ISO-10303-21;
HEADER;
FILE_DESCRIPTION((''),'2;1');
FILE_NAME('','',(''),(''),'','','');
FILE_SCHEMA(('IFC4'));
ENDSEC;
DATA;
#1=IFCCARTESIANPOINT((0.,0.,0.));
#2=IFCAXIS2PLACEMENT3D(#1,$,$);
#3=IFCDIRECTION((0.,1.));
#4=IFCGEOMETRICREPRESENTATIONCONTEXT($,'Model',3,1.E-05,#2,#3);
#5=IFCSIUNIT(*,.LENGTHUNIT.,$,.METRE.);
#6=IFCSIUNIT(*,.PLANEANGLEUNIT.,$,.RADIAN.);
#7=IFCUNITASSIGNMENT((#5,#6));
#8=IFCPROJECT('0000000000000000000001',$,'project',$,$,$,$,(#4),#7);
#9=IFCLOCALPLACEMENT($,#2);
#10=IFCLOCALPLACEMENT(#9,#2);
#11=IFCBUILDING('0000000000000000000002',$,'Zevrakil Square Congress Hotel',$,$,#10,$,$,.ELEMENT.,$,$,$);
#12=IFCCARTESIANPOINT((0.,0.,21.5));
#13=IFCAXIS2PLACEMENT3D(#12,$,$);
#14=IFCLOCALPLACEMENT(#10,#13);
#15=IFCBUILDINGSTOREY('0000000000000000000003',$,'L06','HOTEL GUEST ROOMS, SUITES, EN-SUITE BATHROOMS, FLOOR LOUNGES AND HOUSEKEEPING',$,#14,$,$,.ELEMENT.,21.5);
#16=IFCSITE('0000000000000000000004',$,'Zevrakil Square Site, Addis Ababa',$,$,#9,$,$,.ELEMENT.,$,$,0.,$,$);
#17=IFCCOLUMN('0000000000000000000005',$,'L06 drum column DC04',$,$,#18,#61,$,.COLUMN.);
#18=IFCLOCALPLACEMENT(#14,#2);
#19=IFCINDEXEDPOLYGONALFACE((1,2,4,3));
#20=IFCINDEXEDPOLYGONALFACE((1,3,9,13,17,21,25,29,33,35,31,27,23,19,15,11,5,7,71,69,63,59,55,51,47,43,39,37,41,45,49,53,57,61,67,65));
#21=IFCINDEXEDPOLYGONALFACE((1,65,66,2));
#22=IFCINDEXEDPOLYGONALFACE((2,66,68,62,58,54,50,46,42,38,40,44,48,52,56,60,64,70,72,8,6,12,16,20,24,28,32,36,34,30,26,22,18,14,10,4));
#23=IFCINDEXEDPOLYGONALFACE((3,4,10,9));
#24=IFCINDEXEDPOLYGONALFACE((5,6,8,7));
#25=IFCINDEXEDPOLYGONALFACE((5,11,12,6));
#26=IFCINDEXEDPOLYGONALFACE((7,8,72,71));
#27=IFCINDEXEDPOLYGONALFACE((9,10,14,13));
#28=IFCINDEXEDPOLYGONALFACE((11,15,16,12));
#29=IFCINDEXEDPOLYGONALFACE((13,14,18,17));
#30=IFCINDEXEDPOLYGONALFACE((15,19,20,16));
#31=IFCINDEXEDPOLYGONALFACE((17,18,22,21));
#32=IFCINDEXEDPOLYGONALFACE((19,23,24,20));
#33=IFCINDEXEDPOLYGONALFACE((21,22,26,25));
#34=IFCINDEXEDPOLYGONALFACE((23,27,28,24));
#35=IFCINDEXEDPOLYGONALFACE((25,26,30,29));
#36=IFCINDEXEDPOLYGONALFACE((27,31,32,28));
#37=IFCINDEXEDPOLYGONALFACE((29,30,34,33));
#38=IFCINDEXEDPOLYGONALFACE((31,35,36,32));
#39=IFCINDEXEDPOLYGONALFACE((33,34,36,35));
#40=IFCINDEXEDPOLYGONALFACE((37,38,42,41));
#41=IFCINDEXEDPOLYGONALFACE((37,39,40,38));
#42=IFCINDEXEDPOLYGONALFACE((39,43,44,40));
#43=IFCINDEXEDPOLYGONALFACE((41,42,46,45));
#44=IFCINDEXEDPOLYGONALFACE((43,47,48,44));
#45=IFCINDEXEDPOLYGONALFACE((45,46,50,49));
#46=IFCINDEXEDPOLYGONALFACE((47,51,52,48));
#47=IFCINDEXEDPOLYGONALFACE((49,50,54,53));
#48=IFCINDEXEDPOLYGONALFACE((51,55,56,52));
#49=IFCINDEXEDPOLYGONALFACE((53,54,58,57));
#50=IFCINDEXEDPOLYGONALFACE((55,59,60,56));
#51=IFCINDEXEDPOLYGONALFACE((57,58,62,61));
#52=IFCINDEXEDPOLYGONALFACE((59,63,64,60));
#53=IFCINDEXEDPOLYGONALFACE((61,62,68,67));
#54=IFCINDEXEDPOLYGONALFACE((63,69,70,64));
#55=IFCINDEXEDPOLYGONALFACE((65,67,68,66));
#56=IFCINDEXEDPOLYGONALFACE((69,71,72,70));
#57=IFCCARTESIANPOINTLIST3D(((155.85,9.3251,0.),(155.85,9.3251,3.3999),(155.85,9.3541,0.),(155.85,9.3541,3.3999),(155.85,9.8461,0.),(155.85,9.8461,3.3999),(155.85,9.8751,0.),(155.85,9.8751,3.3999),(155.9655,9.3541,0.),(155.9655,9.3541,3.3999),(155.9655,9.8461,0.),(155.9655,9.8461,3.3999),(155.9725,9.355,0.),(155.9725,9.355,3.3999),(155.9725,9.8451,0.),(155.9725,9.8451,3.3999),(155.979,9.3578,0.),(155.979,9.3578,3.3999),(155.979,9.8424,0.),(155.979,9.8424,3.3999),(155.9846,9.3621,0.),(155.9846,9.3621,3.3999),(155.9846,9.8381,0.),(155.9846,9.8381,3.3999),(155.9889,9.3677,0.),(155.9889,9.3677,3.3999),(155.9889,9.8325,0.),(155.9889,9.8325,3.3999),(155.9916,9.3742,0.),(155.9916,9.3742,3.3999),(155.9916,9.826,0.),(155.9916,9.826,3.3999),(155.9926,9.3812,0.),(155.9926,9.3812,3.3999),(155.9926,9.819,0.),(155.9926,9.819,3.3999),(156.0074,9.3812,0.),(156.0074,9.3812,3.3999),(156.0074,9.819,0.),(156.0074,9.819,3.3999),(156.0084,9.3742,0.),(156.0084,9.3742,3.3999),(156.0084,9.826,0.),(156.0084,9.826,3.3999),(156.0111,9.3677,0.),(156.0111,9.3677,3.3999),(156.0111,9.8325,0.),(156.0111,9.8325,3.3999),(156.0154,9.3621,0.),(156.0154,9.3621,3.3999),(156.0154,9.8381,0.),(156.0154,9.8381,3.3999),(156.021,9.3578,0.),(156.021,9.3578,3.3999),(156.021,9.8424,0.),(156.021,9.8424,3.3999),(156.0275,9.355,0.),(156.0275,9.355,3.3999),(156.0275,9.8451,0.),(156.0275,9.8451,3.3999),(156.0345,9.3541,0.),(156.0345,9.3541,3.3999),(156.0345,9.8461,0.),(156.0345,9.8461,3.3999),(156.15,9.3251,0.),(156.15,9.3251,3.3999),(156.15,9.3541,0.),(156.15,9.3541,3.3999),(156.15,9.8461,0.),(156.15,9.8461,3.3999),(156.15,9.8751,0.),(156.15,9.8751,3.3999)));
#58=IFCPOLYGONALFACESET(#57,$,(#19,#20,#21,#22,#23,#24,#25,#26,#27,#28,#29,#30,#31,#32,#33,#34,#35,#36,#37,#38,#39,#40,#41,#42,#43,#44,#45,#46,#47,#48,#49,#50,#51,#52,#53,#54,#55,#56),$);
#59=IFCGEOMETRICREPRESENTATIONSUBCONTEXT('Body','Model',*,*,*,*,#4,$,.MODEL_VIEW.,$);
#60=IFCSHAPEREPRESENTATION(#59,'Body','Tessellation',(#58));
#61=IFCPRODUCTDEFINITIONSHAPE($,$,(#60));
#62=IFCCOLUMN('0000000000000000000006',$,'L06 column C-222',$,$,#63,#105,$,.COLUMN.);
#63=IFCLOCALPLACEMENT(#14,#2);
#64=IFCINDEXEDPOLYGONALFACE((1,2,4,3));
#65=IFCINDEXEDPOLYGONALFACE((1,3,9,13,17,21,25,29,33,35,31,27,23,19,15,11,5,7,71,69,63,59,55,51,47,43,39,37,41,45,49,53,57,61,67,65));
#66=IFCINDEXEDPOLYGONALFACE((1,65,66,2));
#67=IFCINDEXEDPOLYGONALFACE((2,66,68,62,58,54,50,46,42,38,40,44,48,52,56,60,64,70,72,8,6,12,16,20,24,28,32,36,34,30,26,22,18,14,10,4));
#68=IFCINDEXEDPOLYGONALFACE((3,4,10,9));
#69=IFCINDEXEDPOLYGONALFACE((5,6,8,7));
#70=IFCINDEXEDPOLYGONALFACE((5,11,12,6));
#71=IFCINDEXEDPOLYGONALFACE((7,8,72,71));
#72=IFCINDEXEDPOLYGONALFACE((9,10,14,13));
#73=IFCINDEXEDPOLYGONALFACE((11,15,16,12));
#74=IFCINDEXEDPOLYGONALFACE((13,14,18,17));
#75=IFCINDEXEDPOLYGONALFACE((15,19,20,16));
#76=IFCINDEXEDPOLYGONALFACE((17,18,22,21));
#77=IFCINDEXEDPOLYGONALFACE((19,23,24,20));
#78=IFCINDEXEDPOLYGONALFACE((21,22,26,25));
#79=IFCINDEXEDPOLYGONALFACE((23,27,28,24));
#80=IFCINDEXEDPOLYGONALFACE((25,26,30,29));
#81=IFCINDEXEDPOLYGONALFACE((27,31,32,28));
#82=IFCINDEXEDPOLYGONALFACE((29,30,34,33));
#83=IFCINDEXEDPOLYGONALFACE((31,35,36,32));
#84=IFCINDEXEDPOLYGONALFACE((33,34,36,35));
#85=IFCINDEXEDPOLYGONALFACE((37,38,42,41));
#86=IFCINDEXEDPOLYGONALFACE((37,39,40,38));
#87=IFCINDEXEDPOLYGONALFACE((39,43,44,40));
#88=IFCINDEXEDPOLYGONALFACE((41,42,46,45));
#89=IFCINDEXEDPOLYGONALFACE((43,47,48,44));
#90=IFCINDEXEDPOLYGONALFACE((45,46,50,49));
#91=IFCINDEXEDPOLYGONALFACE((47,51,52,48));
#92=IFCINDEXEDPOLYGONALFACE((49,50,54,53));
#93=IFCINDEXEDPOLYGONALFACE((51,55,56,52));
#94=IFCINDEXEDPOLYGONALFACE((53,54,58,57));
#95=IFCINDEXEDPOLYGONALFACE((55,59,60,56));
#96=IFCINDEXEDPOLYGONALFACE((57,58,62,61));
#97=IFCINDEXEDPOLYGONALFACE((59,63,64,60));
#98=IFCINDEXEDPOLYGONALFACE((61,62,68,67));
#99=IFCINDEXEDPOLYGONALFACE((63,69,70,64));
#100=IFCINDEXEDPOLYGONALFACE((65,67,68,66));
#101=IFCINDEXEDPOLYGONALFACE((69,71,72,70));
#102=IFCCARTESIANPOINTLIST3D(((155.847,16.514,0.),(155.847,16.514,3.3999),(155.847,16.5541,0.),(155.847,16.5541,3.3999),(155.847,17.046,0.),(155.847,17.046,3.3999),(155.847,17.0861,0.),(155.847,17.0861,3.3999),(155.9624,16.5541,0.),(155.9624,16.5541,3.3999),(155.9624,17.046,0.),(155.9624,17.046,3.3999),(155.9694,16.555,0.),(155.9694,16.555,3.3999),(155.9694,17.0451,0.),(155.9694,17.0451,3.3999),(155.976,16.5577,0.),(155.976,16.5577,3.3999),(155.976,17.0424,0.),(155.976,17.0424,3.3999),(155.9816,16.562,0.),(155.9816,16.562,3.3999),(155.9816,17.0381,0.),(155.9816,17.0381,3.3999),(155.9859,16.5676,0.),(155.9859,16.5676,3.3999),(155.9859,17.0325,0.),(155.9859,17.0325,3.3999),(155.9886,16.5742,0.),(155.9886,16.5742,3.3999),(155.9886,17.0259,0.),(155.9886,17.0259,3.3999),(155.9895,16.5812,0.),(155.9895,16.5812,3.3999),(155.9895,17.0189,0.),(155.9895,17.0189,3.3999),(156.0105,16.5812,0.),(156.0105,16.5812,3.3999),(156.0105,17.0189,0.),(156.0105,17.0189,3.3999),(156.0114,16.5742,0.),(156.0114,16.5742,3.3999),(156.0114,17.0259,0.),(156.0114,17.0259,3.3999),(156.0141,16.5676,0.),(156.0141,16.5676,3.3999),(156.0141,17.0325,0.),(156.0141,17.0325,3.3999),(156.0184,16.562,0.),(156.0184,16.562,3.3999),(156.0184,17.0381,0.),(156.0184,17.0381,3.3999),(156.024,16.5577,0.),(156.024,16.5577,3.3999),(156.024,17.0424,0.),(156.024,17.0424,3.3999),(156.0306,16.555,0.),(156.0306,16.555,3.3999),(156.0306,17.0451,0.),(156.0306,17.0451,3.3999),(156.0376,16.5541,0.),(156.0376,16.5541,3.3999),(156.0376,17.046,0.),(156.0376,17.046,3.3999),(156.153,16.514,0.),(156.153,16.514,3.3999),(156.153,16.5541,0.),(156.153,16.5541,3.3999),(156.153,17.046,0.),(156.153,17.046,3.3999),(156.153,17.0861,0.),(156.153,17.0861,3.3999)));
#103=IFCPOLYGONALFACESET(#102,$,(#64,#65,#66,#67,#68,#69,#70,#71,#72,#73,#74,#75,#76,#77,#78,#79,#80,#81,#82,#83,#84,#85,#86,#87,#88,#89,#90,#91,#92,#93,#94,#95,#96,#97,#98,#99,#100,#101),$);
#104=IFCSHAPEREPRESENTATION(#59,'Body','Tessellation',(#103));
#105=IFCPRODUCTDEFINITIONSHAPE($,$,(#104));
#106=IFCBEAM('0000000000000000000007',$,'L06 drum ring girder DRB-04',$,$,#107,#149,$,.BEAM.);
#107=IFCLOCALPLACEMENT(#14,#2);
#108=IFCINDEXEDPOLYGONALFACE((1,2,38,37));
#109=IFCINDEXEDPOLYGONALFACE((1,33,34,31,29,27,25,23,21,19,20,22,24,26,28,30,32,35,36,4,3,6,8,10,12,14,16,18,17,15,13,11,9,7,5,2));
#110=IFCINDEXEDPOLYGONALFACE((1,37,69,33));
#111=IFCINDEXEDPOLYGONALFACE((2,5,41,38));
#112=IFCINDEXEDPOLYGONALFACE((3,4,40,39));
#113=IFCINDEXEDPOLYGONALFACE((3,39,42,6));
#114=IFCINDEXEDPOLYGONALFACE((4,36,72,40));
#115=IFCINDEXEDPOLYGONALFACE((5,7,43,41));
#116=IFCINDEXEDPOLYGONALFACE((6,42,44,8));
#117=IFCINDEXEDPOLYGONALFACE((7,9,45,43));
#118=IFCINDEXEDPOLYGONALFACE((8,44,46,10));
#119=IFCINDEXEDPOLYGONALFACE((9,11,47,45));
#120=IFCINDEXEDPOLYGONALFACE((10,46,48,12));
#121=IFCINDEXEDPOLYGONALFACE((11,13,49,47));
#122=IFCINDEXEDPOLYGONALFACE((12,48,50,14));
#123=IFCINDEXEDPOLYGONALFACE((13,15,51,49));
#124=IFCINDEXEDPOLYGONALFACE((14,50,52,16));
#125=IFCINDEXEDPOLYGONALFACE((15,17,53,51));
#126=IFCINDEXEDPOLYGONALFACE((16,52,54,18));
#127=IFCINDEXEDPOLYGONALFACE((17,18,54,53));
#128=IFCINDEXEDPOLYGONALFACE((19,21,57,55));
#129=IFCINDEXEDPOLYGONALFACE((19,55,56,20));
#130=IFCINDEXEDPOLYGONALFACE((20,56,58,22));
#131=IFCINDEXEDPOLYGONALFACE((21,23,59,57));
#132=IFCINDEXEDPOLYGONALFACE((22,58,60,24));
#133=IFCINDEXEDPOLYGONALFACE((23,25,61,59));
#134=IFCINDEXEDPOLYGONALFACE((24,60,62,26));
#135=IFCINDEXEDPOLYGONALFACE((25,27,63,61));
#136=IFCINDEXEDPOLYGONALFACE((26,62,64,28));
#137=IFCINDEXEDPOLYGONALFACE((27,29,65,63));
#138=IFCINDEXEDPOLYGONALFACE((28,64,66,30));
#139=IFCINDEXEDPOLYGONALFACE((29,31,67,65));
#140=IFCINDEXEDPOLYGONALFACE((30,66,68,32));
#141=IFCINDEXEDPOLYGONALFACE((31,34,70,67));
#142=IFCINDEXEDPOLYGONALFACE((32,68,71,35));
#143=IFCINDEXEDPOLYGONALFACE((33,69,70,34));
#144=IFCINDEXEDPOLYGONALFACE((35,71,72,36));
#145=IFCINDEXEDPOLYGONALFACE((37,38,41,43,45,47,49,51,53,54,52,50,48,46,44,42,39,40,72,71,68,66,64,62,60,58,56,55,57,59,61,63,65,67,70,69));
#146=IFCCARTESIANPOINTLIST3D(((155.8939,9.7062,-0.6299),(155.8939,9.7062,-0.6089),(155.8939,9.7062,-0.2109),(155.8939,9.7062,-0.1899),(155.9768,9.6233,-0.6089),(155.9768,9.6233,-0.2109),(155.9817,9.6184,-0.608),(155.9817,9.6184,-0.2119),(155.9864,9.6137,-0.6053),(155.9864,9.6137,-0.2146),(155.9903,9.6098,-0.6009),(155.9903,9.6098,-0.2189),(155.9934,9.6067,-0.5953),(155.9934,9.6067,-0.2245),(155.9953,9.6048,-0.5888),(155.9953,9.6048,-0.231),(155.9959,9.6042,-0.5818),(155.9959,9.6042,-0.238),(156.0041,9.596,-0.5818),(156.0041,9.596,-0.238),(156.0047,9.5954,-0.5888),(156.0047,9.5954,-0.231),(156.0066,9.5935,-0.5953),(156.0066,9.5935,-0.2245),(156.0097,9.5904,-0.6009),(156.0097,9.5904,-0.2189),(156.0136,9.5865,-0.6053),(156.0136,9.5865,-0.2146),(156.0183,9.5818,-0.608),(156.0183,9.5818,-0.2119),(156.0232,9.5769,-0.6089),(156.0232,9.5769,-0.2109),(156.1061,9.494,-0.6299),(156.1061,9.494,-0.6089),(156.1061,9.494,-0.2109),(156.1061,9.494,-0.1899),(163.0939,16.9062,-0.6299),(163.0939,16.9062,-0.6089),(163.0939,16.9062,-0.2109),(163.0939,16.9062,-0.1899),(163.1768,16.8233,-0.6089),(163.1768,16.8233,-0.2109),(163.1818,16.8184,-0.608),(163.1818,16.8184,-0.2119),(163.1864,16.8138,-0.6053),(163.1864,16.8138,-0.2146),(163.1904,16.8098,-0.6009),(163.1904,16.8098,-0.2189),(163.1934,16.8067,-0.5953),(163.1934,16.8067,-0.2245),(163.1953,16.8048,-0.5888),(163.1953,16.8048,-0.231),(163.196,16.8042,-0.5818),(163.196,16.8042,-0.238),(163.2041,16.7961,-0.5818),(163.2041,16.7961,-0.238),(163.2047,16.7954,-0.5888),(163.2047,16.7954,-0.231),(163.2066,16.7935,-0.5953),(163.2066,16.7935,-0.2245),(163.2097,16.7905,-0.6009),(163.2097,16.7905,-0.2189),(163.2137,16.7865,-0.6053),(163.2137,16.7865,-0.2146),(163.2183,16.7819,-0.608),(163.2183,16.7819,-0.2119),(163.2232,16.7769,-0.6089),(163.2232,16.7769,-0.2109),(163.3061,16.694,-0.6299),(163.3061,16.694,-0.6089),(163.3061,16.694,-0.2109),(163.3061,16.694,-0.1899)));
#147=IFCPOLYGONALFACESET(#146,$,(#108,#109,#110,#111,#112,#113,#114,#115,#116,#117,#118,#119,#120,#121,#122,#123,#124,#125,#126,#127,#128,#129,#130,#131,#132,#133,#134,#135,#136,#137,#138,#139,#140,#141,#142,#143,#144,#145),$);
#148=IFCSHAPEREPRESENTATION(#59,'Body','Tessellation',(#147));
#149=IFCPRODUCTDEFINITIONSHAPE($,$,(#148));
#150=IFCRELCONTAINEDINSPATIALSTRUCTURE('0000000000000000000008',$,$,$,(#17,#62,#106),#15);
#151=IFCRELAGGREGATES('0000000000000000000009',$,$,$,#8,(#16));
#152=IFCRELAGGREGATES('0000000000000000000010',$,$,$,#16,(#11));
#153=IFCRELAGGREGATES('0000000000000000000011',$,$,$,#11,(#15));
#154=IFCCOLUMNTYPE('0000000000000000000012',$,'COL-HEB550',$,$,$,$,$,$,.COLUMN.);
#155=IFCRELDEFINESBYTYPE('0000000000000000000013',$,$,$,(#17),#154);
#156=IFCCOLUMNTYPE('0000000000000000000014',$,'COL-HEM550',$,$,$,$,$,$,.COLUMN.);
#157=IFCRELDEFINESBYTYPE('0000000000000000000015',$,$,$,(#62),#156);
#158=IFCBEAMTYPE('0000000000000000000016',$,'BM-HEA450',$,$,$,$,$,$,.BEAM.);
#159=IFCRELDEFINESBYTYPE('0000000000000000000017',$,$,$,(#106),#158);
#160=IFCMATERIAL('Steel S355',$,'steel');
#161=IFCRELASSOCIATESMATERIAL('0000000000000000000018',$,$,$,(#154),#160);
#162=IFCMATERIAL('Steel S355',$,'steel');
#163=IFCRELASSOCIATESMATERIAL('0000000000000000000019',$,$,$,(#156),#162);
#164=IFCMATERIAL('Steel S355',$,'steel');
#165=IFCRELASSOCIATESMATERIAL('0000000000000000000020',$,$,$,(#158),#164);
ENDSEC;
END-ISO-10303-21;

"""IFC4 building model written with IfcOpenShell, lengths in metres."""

from ifc_helpers import new_model, si_unit, direction, frame, origin, origin_2d, place, context, subcontext, project, spatial, i_section, extrude, material, material_profile, profile_set, type_object, element, save


model = new_model("IFC4")

# Units and contexts
model_context = context("Model", 3, precision=1e-05, world=origin(), true_north=direction((0.0, 1.0)))
body_context = subcontext(model_context, "Body", "Model", "MODEL_VIEW")
ifc_project = project(units=[si_unit("LENGTHUNIT", "METRE"), si_unit("PLANEANGLEUNIT", "RADIAN")], contexts=[model_context])

# Site, building, storey
site_placement = place(None, origin())
site = spatial("IfcSite", under=ifc_project, at=site_placement, Name="Zevrakil Square Site, Addis Ababa", CompositionType="ELEMENT", RefElevation=0.0)
building_placement = place(site_placement, origin())
building = spatial("IfcBuilding", under=site, at=building_placement, Name="Zevrakil Square Congress Hotel", CompositionType="ELEMENT")
storey_placement = place(building_placement, frame((0.0, 0.0, 21.5)))
storey = spatial("IfcBuildingStorey", under=building, at=storey_placement, Name="L06", Description="HOTEL GUEST ROOMS, SUITES, EN-SUITE BATHROOMS, FLOOR LOUNGES AND HOUSEKEEPING", CompositionType="ELEMENT", Elevation=21.5)

# Columns
ifc_material_1 = material(Name="Steel S355", Category="steel")
ifc_material_profile_1 = material_profile(ifc_material_1, i_section(OverallWidth=0.3, OverallDepth=0.55, WebThickness=0.0149, FlangeThickness=0.0291, FilletRadius=0.0271, at=origin_2d()), Name="HEB 550")
ifc_profile_set_1 = profile_set([ifc_material_profile_1], Name="Steel S355")
column_type_1 = type_object("IfcColumnType", Name="COL-HEB550", PredefinedType="COLUMN", material=ifc_profile_set_1)
column_1_placement = place(storey_placement, frame((156.0, 9.6001, 0.0), z_axis=(0.0, 0.0, 1.0), x_axis=(1.0, 0.0, 0.0)))
element("IfcColumn", 1, at=column_1_placement, inside=storey, type_object=column_type_1, Name="L06 drum column DC04", PredefinedType="COLUMN", context=body_context, shape_type="SweptSolid", body=[
    extrude(i_section(OverallWidth=0.3, OverallDepth=0.55, WebThickness=0.0149, FlangeThickness=0.0291, FilletRadius=0.0271, at=origin_2d()), origin(), (0.0, 0.0, 1.0), 3.3999),
])
ifc_material_2 = material(Name="Steel S355", Category="steel")
ifc_material_profile_2 = material_profile(ifc_material_2, i_section(OverallWidth=0.3059, OverallDepth=0.572, WebThickness=0.021, FlangeThickness=0.04, FilletRadius=0.0271, at=origin_2d()), Name="HEM 550")
ifc_profile_set_2 = profile_set([ifc_material_profile_2], Name="Steel S355")
column_type_2 = type_object("IfcColumnType", Name="COL-HEM550", PredefinedType="COLUMN", material=ifc_profile_set_2)
column_2_placement = place(storey_placement, frame((156.0, 16.8, 0.0), z_axis=(0.0, 0.0, 1.0), x_axis=(1.0, 0.0, 0.0)))
element("IfcColumn", 2, at=column_2_placement, inside=storey, type_object=column_type_2, Name="L06 column C-222", PredefinedType="COLUMN", context=body_context, shape_type="SweptSolid", body=[
    extrude(i_section(OverallWidth=0.3059, OverallDepth=0.572, WebThickness=0.021, FlangeThickness=0.04, FilletRadius=0.0271, at=origin_2d()), origin(), (0.0, 0.0, 1.0), 3.3999),
])

# Beam
ifc_material_3 = material(Name="Steel S355", Category="steel")
ifc_material_profile_3 = material_profile(ifc_material_3, i_section(OverallWidth=0.3, OverallDepth=0.4399, WebThickness=0.0115, FlangeThickness=0.021, FilletRadius=0.0271, at=origin_2d()), Name="HEA 450")
ifc_profile_set_3 = profile_set([ifc_material_profile_3], Name="Steel S355")
beam_type_1 = type_object("IfcBeamType", Name="BM-HEA450", PredefinedType="BEAM", material=ifc_profile_set_3)
beam_1_placement = place(storey_placement, frame((156.0, 9.6001, -0.4099), z_axis=(0.707107, 0.707107, 0.0), x_axis=(-0.707107, 0.707107, 0.0)))
element("IfcBeam", 3, at=beam_1_placement, inside=storey, type_object=beam_type_1, Name="L06 drum ring girder DRB-04", PredefinedType="BEAM", context=body_context, shape_type="SweptSolid", body=[
    extrude(i_section(OverallWidth=0.3, OverallDepth=0.4399, WebThickness=0.0115, FlangeThickness=0.021, FilletRadius=0.0271, at=origin_2d()), origin(), (0.0, 0.0, 1.0), 10.1824),
])

save(model, "model.ifc")
